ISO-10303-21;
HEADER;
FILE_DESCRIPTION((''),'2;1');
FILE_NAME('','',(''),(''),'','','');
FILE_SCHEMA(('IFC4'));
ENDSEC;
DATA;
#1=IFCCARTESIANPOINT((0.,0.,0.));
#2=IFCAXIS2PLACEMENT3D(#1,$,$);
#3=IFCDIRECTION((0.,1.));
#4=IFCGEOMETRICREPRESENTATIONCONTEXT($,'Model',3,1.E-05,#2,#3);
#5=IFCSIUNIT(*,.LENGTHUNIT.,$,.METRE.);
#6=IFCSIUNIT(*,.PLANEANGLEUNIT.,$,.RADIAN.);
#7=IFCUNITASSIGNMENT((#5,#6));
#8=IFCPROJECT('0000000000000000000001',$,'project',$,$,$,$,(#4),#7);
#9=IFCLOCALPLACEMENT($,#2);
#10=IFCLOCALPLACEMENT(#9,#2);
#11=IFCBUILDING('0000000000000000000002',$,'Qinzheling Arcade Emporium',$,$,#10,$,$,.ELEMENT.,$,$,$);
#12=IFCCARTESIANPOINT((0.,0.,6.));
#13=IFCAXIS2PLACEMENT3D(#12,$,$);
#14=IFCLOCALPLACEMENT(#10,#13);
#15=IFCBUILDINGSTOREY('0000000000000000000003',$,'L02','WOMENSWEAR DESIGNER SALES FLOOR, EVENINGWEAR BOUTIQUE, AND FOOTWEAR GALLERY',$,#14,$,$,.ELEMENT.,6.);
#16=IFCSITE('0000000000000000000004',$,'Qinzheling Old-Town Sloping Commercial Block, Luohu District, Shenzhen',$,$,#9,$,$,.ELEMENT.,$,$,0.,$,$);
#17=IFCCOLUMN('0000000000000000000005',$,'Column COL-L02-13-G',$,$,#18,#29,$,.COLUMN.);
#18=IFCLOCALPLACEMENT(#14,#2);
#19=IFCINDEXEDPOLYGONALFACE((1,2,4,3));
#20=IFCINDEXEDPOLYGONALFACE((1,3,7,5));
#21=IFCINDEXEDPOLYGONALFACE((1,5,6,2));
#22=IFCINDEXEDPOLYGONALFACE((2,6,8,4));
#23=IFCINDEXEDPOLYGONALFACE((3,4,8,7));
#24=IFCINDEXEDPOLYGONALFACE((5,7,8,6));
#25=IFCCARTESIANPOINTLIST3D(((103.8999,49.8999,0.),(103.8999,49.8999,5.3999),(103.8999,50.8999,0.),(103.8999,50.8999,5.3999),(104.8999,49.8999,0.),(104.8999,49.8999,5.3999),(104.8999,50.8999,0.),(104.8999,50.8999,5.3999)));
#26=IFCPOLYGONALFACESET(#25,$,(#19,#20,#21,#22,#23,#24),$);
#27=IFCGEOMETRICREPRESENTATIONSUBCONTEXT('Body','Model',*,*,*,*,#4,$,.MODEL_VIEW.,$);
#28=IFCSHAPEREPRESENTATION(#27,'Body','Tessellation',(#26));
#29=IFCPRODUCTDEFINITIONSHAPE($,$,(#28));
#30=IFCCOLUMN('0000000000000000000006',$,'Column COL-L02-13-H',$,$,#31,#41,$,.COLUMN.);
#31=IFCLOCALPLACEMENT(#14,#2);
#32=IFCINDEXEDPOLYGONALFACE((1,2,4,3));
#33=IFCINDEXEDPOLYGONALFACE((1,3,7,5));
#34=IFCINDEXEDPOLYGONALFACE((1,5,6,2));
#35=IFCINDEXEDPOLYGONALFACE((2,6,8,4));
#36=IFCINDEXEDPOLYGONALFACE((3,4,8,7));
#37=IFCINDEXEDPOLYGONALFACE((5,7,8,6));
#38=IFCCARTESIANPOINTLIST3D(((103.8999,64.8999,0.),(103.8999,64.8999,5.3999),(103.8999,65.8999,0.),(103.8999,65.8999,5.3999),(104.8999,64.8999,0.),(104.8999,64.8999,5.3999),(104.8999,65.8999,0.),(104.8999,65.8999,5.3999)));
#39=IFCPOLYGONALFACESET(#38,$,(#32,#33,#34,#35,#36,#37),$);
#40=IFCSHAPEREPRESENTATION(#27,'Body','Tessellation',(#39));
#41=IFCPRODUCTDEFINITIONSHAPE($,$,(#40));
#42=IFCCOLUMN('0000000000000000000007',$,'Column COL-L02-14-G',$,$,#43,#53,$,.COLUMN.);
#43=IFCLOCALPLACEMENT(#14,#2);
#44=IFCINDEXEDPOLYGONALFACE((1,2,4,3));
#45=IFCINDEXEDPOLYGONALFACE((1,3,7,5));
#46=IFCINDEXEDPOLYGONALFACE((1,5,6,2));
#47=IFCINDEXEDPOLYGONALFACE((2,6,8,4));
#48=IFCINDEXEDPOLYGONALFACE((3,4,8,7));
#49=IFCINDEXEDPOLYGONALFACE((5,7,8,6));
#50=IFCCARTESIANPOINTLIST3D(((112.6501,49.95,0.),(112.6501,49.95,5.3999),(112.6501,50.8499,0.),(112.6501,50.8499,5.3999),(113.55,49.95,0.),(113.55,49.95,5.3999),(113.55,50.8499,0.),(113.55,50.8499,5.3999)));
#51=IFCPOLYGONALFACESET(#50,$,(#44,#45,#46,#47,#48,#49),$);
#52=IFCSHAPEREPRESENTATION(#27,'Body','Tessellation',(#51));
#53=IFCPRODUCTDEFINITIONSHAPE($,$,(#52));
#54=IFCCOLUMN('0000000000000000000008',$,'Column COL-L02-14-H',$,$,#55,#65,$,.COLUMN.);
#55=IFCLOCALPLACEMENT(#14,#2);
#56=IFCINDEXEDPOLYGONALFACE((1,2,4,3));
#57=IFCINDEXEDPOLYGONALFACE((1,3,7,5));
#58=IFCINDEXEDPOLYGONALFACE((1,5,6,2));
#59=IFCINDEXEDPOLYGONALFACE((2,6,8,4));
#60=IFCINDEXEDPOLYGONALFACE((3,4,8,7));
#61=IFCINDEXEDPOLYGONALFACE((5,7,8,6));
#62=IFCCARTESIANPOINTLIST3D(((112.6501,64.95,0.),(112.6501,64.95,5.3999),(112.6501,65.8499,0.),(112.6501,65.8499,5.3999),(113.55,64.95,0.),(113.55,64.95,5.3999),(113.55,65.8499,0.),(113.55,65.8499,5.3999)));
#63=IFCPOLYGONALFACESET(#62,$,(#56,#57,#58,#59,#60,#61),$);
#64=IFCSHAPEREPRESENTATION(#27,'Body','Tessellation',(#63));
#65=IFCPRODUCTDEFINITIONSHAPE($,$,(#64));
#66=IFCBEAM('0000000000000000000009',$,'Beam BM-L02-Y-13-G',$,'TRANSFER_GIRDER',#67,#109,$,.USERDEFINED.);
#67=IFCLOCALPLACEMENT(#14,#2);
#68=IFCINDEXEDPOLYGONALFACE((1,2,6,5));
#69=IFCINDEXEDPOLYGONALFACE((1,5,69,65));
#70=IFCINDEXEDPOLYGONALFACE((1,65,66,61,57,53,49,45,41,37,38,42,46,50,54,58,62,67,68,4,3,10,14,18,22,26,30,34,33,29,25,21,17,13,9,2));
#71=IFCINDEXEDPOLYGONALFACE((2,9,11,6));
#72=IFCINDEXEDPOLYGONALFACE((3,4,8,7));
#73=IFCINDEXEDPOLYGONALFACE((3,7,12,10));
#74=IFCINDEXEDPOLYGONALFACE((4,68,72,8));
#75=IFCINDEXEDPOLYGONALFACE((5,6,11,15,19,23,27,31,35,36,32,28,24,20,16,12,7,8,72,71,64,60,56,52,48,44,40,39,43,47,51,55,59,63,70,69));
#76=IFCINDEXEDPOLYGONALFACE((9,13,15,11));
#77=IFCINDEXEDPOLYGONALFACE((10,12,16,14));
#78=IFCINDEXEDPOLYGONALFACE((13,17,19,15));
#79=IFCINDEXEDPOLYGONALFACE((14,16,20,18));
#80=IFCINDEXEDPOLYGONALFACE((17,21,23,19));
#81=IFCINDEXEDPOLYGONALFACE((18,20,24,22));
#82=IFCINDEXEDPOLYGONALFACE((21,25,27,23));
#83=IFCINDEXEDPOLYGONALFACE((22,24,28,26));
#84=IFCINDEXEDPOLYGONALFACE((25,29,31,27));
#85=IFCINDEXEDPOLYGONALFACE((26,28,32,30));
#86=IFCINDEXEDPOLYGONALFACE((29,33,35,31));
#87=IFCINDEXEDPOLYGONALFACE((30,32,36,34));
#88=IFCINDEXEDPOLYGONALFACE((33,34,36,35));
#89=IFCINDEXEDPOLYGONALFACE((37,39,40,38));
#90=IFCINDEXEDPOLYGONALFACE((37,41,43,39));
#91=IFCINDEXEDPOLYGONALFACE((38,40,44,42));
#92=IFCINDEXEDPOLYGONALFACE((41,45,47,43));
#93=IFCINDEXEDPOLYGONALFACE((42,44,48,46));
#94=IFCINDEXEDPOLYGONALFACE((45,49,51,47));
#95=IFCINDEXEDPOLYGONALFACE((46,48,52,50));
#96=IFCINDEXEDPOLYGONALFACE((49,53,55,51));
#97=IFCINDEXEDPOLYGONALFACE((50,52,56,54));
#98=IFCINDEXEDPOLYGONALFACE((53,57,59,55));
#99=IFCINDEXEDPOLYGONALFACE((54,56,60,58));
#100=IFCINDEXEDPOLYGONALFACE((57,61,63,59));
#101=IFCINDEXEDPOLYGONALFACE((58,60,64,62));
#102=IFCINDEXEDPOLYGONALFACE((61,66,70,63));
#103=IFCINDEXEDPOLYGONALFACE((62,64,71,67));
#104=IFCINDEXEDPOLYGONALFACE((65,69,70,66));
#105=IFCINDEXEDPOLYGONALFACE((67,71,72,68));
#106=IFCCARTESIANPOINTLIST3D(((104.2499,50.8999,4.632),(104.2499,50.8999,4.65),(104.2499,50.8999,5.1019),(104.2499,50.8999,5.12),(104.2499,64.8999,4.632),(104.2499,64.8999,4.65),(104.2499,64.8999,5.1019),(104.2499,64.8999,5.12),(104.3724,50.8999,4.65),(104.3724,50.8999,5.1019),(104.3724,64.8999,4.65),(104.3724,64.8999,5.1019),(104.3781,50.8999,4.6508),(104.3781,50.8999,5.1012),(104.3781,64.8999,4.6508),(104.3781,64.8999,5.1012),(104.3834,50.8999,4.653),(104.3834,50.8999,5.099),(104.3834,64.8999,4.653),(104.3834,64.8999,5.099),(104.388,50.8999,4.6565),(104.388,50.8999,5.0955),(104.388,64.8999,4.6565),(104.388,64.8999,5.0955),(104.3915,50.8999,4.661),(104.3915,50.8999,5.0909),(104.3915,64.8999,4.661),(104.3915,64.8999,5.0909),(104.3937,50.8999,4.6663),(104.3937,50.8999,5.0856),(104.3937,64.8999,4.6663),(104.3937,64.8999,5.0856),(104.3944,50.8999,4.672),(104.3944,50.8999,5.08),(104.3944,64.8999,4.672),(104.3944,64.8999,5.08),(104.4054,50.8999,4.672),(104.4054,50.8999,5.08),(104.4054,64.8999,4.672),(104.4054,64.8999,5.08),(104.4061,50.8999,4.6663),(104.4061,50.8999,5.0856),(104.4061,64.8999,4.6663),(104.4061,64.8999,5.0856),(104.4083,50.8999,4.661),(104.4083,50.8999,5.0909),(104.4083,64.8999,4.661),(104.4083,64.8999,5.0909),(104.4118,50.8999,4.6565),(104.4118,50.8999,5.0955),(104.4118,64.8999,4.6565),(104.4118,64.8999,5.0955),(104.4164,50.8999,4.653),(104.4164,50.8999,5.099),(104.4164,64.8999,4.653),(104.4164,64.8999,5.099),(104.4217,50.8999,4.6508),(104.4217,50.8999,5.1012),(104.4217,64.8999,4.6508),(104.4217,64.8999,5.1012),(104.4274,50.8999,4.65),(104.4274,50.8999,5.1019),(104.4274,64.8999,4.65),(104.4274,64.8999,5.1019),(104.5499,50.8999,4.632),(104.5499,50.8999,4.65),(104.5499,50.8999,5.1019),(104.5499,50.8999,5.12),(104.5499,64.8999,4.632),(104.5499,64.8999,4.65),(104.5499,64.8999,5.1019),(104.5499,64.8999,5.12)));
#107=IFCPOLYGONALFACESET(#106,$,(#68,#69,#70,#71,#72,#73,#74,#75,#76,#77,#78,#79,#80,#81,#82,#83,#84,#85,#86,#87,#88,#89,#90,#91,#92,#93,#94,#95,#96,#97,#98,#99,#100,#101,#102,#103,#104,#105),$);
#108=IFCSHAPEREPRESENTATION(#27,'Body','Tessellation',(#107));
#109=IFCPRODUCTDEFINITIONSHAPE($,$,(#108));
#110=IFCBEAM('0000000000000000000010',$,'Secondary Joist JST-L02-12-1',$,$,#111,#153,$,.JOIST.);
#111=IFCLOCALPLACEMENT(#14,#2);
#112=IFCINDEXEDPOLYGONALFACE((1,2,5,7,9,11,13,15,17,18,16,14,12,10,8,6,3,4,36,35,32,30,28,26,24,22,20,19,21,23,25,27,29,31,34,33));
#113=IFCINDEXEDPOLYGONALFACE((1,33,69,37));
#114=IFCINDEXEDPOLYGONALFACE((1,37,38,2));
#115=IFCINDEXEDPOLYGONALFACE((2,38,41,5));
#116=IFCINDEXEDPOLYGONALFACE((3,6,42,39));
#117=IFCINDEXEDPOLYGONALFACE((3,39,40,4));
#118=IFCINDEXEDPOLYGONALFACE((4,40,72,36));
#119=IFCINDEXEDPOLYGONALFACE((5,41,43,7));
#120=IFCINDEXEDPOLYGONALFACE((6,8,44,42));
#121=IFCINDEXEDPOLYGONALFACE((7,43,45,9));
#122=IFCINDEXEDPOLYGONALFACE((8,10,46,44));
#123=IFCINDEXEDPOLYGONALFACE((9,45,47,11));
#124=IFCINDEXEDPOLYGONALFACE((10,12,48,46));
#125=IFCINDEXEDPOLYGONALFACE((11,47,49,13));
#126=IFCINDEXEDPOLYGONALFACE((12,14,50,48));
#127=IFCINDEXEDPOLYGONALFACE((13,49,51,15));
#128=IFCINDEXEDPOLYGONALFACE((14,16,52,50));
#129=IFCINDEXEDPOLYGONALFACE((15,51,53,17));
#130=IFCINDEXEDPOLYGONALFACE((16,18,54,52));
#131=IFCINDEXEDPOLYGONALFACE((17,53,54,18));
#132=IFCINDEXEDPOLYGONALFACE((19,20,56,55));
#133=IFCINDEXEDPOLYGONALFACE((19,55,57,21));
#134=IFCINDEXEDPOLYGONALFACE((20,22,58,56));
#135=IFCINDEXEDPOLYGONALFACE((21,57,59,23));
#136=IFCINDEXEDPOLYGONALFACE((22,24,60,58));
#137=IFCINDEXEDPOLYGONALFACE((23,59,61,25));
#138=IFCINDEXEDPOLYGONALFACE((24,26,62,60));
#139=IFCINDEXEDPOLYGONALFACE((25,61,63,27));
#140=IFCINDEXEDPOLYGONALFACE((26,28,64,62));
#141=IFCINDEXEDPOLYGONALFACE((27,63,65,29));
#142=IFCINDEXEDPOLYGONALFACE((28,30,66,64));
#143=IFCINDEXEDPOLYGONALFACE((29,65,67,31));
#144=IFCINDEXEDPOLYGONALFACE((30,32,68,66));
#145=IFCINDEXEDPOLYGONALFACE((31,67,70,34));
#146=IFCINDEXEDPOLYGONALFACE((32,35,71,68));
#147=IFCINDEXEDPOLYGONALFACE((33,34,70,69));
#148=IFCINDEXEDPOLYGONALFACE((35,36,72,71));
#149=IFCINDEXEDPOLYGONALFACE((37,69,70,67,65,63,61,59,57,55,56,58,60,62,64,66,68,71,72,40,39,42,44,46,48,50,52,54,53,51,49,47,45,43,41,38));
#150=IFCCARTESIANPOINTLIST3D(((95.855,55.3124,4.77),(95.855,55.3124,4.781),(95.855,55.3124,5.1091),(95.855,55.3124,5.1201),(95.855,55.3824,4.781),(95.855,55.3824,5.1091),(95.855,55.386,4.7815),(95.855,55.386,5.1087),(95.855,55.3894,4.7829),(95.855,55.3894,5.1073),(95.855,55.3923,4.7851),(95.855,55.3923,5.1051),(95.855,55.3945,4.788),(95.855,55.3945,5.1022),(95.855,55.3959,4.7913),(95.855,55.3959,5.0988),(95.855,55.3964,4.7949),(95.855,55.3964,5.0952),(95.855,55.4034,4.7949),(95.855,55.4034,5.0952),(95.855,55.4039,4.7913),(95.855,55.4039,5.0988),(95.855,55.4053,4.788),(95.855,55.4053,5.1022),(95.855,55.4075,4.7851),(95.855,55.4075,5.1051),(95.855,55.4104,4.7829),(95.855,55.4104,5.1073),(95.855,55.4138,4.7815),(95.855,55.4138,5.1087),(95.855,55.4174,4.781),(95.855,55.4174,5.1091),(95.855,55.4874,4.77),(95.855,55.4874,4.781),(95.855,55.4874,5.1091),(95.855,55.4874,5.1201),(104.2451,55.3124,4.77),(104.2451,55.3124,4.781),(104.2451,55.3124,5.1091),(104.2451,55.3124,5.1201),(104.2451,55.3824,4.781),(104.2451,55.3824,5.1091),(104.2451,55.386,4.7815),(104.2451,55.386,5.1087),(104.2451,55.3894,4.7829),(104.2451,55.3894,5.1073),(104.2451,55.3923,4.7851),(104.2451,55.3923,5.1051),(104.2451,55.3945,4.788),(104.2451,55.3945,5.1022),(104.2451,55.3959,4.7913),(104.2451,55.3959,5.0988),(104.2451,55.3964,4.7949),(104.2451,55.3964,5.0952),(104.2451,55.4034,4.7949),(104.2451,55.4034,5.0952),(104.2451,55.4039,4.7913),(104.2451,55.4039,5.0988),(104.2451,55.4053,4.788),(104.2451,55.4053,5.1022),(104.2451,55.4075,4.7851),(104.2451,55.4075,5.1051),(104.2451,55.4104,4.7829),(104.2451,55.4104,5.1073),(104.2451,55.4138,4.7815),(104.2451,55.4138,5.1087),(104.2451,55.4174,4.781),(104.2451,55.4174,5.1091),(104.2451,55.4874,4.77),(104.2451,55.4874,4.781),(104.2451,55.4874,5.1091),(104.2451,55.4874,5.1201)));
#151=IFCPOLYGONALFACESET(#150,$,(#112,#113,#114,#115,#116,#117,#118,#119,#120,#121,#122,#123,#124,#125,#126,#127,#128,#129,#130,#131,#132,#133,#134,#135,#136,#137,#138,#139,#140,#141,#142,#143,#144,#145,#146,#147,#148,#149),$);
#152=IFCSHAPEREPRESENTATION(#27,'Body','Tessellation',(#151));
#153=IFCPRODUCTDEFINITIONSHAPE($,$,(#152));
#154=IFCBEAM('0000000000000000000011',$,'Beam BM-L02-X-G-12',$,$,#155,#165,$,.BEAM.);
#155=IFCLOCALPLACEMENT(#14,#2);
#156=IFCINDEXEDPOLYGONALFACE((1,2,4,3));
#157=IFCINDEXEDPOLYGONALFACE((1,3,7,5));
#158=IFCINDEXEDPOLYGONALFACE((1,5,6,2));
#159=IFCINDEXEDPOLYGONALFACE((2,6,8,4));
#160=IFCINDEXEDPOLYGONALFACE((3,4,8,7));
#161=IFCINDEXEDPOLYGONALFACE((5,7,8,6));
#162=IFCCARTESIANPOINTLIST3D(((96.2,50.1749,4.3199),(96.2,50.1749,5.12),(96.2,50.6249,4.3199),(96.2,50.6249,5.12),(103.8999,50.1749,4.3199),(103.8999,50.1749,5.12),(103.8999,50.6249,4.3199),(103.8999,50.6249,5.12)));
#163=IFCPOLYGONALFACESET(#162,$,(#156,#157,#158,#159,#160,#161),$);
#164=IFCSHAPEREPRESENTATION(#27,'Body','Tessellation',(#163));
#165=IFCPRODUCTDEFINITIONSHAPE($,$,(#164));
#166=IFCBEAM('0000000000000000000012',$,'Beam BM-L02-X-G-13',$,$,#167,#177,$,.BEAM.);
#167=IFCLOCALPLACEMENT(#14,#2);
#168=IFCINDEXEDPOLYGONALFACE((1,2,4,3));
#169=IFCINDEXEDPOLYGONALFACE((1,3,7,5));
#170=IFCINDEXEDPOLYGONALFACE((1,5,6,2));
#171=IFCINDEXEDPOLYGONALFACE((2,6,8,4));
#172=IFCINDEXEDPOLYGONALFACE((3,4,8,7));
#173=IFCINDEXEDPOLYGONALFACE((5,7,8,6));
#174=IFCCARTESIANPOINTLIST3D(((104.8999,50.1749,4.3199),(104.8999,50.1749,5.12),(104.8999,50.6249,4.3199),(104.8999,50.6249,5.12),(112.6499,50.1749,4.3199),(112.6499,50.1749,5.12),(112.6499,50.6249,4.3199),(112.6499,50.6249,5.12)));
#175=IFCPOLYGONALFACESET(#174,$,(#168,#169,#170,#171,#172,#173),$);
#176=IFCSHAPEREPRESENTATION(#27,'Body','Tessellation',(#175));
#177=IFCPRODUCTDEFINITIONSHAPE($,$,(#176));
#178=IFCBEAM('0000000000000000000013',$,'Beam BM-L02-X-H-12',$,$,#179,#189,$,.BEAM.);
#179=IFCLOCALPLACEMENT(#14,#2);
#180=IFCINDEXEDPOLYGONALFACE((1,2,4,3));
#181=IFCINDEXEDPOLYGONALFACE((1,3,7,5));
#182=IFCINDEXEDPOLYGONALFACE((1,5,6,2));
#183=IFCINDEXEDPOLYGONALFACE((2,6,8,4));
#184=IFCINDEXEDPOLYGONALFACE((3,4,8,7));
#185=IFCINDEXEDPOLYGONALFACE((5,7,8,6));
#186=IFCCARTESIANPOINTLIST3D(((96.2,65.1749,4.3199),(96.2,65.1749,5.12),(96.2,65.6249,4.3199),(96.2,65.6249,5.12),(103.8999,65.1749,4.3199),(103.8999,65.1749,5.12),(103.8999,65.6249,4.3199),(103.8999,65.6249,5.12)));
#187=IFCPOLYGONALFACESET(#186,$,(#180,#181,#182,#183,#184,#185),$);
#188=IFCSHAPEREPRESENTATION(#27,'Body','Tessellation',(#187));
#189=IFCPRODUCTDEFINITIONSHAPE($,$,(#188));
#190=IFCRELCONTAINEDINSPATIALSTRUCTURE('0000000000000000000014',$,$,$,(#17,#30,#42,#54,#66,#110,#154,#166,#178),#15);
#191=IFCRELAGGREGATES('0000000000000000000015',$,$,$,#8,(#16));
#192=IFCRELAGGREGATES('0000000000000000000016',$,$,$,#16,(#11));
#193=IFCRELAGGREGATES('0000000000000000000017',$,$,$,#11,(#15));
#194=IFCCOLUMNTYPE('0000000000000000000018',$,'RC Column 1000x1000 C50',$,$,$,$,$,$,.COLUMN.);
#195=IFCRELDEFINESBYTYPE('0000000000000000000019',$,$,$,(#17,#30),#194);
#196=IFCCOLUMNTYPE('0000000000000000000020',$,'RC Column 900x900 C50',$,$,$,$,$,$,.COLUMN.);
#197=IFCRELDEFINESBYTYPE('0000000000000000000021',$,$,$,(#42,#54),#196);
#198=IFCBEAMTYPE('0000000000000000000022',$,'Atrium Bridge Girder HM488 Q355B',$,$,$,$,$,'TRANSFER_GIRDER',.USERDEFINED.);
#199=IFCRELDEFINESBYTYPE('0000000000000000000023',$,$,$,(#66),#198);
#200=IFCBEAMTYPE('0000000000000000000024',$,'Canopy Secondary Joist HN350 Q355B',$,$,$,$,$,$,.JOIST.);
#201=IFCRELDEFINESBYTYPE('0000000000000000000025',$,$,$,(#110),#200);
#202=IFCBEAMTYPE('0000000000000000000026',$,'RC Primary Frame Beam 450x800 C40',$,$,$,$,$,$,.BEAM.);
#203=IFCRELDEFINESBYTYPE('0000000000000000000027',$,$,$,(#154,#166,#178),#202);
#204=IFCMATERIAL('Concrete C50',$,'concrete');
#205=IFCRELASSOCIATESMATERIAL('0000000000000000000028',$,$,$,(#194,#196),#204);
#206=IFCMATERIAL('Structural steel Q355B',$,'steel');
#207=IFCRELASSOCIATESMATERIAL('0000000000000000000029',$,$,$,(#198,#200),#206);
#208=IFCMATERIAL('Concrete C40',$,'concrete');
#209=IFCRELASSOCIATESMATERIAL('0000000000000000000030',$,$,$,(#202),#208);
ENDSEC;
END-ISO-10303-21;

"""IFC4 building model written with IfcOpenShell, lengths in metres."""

from ifc_helpers import new_model, si_unit, direction, frame, origin, origin_2d, place, context, subcontext, project, spatial, rectangle, i_section, extrude, material, material_profile, profile_set, type_object, element, save


model = new_model("IFC4")

# Units and contexts
model_context = context("Model", 3, precision=1e-05, world=origin(), true_north=direction((0.0, 1.0)))
body_context = subcontext(model_context, "Body", "Model", "MODEL_VIEW")
ifc_project = project(units=[si_unit("LENGTHUNIT", "METRE"), si_unit("PLANEANGLEUNIT", "RADIAN")], contexts=[model_context])

# Site, building, storey
site_placement = place(None, origin())
site = spatial("IfcSite", under=ifc_project, at=site_placement, Name="Qinzheling Old-Town Sloping Commercial Block, Luohu District, Shenzhen", CompositionType="ELEMENT", RefElevation=0.0)
building_placement = place(site_placement, origin())
building = spatial("IfcBuilding", under=site, at=building_placement, Name="Qinzheling Arcade Emporium", CompositionType="ELEMENT")
storey_placement = place(building_placement, frame((0.0, 0.0, 6.0)))
storey = spatial("IfcBuildingStorey", under=building, at=storey_placement, Name="L02", Description="WOMENSWEAR DESIGNER SALES FLOOR, EVENINGWEAR BOUTIQUE, AND FOOTWEAR GALLERY", CompositionType="ELEMENT", Elevation=6.0)

# Columns
ifc_material_1 = material(Name="Concrete C50", Category="concrete")
ifc_material_profile_1 = material_profile(ifc_material_1, rectangle(XDim=1.0, YDim=1.0, at=origin_2d()), Name="RC 1000x1000", Category="concrete")
ifc_profile_set_1 = profile_set([ifc_material_profile_1], Name="Concrete C50")
column_type_1 = type_object("IfcColumnType", Name="RC Column 1000x1000 C50", PredefinedType="COLUMN", material=ifc_profile_set_1)
for number, where, z_axis, x_axis, name in (
    (1, (104.3999, 50.3999, 0.0), (0.0, 0.0, 1.0), (1.0, 0.0, 0.0), "Column COL-L02-13-G"),
    (2, (104.3999, 65.3999, 0.0), (0.0, 0.0, 1.0), (1.0, 0.0, 0.0), "Column COL-L02-13-H"),
):
    element("IfcColumn", number, at=place(storey_placement, frame(where, z_axis=z_axis, x_axis=x_axis)), inside=storey, type_object=column_type_1, Name=name, PredefinedType="COLUMN", context=body_context, shape_type="SweptSolid", body=[
        extrude(rectangle(XDim=1.0, YDim=1.0, at=origin_2d()), origin(), (0.0, 0.0, 1.0), 5.3999),
    ])
ifc_material_profile_2 = material_profile(ifc_material_1, rectangle(XDim=0.8999, YDim=0.8999, at=origin_2d()), Name="RC 900x900", Category="concrete")
ifc_profile_set_2 = profile_set([ifc_material_profile_2], Name="Concrete C50")
column_type_2 = type_object("IfcColumnType", Name="RC Column 900x900 C50", PredefinedType="COLUMN", material=ifc_profile_set_2)
for number, where, z_axis, x_axis, name in (
    (3, (113.1001, 50.3999, 0.0), (0.0, 0.0, 1.0), (1.0, 0.0, 0.0), "Column COL-L02-14-G"),
    (4, (113.1001, 65.3999, 0.0), (0.0, 0.0, 1.0), (1.0, 0.0, 0.0), "Column COL-L02-14-H"),
):
    element("IfcColumn", number, at=place(storey_placement, frame(where, z_axis=z_axis, x_axis=x_axis)), inside=storey, type_object=column_type_2, Name=name, PredefinedType="COLUMN", context=body_context, shape_type="SweptSolid", body=[
        extrude(rectangle(XDim=0.8999, YDim=0.8999, at=origin_2d()), origin(), (0.0, 0.0, 1.0), 5.3999),
    ])

# Beams
ifc_material_2 = material(Name="Structural steel Q355B", Category="steel")
ifc_material_profile_3 = material_profile(ifc_material_2, i_section(OverallWidth=0.3, OverallDepth=0.488, WebThickness=0.011, FlangeThickness=0.0181, FilletRadius=0.022, at=origin_2d()), Name="HM 488x300x11x18", Category="steel")
ifc_profile_set_3 = profile_set([ifc_material_profile_3], Name="Structural steel Q355B")
beam_type_1 = type_object("IfcBeamType", Name="Atrium Bridge Girder HM488 Q355B", ElementType="TRANSFER_GIRDER", PredefinedType="USERDEFINED", material=ifc_profile_set_3)
beam_1_placement = place(storey_placement, frame((104.3999, 50.8999, 4.876), z_axis=(0.0, 1.0, 0.0), x_axis=(-1.0, 0.0, 0.0)))
element("IfcBeam", 5, at=beam_1_placement, inside=storey, type_object=beam_type_1, Name="Beam BM-L02-Y-13-G", ObjectType="TRANSFER_GIRDER", PredefinedType="USERDEFINED", context=body_context, shape_type="SweptSolid", body=[
    extrude(i_section(OverallWidth=0.3, OverallDepth=0.488, WebThickness=0.011, FlangeThickness=0.0181, FilletRadius=0.022, at=origin_2d()), origin(), (0.0, 0.0, 1.0), 14.0),
])
ifc_material_profile_4 = material_profile(ifc_material_2, i_section(OverallWidth=0.175, OverallDepth=0.3501, WebThickness=0.0071, FlangeThickness=0.011, FilletRadius=0.0139, at=origin_2d()), Name="HN 350x175x7x11", Category="steel")
ifc_profile_set_4 = profile_set([ifc_material_profile_4], Name="Structural steel Q355B")
beam_type_2 = type_object("IfcBeamType", Name="Canopy Secondary Joist HN350 Q355B", PredefinedType="JOIST", material=ifc_profile_set_4)
beam_2_placement = place(storey_placement, frame((95.855, 55.3999, 4.9451), z_axis=(1.0, 0.0, 0.0), x_axis=(0.0, 1.0, 0.0)))
element("IfcBeam", 6, at=beam_2_placement, inside=storey, type_object=beam_type_2, Name="Secondary Joist JST-L02-12-1", PredefinedType="JOIST", context=body_context, shape_type="SweptSolid", body=[
    extrude(i_section(OverallWidth=0.175, OverallDepth=0.3501, WebThickness=0.0071, FlangeThickness=0.011, FilletRadius=0.0139, at=origin_2d()), origin(), (0.0, 0.0, 1.0), 8.3901),
])
ifc_material_3 = material(Name="Concrete C40", Category="concrete")
ifc_material_profile_5 = material_profile(ifc_material_3, rectangle(XDim=0.45, YDim=0.8, at=origin_2d()), Name="RC 450x800", Category="concrete")
ifc_profile_set_5 = profile_set([ifc_material_profile_5], Name="Concrete C40")
beam_type_3 = type_object("IfcBeamType", Name="RC Primary Frame Beam 450x800 C40", PredefinedType="BEAM", material=ifc_profile_set_5)
beam_3_placement = place(storey_placement, frame((96.2, 50.3999, 4.72), z_axis=(1.0, 0.0, 0.0), x_axis=(0.0, 1.0, 0.0)))
element("IfcBeam", 7, at=beam_3_placement, inside=storey, type_object=beam_type_3, Name="Beam BM-L02-X-G-12", PredefinedType="BEAM", context=body_context, shape_type="SweptSolid", body=[
    extrude(rectangle(XDim=0.45, YDim=0.8, at=origin_2d()), origin(), (0.0, 0.0, 1.0), 7.7),
])
beam_4_placement = place(storey_placement, frame((104.8999, 50.3999, 4.72), z_axis=(1.0, 0.0, 0.0), x_axis=(0.0, 1.0, 0.0)))
element("IfcBeam", 8, at=beam_4_placement, inside=storey, type_object=beam_type_3, Name="Beam BM-L02-X-G-13", PredefinedType="BEAM", context=body_context, shape_type="SweptSolid", body=[
    extrude(rectangle(XDim=0.45, YDim=0.8, at=origin_2d()), origin(), (0.0, 0.0, 1.0), 7.75),
])
beam_5_placement = place(storey_placement, frame((96.2, 65.3999, 4.72), z_axis=(1.0, 0.0, 0.0), x_axis=(0.0, 1.0, 0.0)))
element("IfcBeam", 9, at=beam_5_placement, inside=storey, type_object=beam_type_3, Name="Beam BM-L02-X-H-12", PredefinedType="BEAM", context=body_context, shape_type="SweptSolid", body=[
    extrude(rectangle(XDim=0.45, YDim=0.8, at=origin_2d()), origin(), (0.0, 0.0, 1.0), 7.7),
])

save(model, "model.ifc")
